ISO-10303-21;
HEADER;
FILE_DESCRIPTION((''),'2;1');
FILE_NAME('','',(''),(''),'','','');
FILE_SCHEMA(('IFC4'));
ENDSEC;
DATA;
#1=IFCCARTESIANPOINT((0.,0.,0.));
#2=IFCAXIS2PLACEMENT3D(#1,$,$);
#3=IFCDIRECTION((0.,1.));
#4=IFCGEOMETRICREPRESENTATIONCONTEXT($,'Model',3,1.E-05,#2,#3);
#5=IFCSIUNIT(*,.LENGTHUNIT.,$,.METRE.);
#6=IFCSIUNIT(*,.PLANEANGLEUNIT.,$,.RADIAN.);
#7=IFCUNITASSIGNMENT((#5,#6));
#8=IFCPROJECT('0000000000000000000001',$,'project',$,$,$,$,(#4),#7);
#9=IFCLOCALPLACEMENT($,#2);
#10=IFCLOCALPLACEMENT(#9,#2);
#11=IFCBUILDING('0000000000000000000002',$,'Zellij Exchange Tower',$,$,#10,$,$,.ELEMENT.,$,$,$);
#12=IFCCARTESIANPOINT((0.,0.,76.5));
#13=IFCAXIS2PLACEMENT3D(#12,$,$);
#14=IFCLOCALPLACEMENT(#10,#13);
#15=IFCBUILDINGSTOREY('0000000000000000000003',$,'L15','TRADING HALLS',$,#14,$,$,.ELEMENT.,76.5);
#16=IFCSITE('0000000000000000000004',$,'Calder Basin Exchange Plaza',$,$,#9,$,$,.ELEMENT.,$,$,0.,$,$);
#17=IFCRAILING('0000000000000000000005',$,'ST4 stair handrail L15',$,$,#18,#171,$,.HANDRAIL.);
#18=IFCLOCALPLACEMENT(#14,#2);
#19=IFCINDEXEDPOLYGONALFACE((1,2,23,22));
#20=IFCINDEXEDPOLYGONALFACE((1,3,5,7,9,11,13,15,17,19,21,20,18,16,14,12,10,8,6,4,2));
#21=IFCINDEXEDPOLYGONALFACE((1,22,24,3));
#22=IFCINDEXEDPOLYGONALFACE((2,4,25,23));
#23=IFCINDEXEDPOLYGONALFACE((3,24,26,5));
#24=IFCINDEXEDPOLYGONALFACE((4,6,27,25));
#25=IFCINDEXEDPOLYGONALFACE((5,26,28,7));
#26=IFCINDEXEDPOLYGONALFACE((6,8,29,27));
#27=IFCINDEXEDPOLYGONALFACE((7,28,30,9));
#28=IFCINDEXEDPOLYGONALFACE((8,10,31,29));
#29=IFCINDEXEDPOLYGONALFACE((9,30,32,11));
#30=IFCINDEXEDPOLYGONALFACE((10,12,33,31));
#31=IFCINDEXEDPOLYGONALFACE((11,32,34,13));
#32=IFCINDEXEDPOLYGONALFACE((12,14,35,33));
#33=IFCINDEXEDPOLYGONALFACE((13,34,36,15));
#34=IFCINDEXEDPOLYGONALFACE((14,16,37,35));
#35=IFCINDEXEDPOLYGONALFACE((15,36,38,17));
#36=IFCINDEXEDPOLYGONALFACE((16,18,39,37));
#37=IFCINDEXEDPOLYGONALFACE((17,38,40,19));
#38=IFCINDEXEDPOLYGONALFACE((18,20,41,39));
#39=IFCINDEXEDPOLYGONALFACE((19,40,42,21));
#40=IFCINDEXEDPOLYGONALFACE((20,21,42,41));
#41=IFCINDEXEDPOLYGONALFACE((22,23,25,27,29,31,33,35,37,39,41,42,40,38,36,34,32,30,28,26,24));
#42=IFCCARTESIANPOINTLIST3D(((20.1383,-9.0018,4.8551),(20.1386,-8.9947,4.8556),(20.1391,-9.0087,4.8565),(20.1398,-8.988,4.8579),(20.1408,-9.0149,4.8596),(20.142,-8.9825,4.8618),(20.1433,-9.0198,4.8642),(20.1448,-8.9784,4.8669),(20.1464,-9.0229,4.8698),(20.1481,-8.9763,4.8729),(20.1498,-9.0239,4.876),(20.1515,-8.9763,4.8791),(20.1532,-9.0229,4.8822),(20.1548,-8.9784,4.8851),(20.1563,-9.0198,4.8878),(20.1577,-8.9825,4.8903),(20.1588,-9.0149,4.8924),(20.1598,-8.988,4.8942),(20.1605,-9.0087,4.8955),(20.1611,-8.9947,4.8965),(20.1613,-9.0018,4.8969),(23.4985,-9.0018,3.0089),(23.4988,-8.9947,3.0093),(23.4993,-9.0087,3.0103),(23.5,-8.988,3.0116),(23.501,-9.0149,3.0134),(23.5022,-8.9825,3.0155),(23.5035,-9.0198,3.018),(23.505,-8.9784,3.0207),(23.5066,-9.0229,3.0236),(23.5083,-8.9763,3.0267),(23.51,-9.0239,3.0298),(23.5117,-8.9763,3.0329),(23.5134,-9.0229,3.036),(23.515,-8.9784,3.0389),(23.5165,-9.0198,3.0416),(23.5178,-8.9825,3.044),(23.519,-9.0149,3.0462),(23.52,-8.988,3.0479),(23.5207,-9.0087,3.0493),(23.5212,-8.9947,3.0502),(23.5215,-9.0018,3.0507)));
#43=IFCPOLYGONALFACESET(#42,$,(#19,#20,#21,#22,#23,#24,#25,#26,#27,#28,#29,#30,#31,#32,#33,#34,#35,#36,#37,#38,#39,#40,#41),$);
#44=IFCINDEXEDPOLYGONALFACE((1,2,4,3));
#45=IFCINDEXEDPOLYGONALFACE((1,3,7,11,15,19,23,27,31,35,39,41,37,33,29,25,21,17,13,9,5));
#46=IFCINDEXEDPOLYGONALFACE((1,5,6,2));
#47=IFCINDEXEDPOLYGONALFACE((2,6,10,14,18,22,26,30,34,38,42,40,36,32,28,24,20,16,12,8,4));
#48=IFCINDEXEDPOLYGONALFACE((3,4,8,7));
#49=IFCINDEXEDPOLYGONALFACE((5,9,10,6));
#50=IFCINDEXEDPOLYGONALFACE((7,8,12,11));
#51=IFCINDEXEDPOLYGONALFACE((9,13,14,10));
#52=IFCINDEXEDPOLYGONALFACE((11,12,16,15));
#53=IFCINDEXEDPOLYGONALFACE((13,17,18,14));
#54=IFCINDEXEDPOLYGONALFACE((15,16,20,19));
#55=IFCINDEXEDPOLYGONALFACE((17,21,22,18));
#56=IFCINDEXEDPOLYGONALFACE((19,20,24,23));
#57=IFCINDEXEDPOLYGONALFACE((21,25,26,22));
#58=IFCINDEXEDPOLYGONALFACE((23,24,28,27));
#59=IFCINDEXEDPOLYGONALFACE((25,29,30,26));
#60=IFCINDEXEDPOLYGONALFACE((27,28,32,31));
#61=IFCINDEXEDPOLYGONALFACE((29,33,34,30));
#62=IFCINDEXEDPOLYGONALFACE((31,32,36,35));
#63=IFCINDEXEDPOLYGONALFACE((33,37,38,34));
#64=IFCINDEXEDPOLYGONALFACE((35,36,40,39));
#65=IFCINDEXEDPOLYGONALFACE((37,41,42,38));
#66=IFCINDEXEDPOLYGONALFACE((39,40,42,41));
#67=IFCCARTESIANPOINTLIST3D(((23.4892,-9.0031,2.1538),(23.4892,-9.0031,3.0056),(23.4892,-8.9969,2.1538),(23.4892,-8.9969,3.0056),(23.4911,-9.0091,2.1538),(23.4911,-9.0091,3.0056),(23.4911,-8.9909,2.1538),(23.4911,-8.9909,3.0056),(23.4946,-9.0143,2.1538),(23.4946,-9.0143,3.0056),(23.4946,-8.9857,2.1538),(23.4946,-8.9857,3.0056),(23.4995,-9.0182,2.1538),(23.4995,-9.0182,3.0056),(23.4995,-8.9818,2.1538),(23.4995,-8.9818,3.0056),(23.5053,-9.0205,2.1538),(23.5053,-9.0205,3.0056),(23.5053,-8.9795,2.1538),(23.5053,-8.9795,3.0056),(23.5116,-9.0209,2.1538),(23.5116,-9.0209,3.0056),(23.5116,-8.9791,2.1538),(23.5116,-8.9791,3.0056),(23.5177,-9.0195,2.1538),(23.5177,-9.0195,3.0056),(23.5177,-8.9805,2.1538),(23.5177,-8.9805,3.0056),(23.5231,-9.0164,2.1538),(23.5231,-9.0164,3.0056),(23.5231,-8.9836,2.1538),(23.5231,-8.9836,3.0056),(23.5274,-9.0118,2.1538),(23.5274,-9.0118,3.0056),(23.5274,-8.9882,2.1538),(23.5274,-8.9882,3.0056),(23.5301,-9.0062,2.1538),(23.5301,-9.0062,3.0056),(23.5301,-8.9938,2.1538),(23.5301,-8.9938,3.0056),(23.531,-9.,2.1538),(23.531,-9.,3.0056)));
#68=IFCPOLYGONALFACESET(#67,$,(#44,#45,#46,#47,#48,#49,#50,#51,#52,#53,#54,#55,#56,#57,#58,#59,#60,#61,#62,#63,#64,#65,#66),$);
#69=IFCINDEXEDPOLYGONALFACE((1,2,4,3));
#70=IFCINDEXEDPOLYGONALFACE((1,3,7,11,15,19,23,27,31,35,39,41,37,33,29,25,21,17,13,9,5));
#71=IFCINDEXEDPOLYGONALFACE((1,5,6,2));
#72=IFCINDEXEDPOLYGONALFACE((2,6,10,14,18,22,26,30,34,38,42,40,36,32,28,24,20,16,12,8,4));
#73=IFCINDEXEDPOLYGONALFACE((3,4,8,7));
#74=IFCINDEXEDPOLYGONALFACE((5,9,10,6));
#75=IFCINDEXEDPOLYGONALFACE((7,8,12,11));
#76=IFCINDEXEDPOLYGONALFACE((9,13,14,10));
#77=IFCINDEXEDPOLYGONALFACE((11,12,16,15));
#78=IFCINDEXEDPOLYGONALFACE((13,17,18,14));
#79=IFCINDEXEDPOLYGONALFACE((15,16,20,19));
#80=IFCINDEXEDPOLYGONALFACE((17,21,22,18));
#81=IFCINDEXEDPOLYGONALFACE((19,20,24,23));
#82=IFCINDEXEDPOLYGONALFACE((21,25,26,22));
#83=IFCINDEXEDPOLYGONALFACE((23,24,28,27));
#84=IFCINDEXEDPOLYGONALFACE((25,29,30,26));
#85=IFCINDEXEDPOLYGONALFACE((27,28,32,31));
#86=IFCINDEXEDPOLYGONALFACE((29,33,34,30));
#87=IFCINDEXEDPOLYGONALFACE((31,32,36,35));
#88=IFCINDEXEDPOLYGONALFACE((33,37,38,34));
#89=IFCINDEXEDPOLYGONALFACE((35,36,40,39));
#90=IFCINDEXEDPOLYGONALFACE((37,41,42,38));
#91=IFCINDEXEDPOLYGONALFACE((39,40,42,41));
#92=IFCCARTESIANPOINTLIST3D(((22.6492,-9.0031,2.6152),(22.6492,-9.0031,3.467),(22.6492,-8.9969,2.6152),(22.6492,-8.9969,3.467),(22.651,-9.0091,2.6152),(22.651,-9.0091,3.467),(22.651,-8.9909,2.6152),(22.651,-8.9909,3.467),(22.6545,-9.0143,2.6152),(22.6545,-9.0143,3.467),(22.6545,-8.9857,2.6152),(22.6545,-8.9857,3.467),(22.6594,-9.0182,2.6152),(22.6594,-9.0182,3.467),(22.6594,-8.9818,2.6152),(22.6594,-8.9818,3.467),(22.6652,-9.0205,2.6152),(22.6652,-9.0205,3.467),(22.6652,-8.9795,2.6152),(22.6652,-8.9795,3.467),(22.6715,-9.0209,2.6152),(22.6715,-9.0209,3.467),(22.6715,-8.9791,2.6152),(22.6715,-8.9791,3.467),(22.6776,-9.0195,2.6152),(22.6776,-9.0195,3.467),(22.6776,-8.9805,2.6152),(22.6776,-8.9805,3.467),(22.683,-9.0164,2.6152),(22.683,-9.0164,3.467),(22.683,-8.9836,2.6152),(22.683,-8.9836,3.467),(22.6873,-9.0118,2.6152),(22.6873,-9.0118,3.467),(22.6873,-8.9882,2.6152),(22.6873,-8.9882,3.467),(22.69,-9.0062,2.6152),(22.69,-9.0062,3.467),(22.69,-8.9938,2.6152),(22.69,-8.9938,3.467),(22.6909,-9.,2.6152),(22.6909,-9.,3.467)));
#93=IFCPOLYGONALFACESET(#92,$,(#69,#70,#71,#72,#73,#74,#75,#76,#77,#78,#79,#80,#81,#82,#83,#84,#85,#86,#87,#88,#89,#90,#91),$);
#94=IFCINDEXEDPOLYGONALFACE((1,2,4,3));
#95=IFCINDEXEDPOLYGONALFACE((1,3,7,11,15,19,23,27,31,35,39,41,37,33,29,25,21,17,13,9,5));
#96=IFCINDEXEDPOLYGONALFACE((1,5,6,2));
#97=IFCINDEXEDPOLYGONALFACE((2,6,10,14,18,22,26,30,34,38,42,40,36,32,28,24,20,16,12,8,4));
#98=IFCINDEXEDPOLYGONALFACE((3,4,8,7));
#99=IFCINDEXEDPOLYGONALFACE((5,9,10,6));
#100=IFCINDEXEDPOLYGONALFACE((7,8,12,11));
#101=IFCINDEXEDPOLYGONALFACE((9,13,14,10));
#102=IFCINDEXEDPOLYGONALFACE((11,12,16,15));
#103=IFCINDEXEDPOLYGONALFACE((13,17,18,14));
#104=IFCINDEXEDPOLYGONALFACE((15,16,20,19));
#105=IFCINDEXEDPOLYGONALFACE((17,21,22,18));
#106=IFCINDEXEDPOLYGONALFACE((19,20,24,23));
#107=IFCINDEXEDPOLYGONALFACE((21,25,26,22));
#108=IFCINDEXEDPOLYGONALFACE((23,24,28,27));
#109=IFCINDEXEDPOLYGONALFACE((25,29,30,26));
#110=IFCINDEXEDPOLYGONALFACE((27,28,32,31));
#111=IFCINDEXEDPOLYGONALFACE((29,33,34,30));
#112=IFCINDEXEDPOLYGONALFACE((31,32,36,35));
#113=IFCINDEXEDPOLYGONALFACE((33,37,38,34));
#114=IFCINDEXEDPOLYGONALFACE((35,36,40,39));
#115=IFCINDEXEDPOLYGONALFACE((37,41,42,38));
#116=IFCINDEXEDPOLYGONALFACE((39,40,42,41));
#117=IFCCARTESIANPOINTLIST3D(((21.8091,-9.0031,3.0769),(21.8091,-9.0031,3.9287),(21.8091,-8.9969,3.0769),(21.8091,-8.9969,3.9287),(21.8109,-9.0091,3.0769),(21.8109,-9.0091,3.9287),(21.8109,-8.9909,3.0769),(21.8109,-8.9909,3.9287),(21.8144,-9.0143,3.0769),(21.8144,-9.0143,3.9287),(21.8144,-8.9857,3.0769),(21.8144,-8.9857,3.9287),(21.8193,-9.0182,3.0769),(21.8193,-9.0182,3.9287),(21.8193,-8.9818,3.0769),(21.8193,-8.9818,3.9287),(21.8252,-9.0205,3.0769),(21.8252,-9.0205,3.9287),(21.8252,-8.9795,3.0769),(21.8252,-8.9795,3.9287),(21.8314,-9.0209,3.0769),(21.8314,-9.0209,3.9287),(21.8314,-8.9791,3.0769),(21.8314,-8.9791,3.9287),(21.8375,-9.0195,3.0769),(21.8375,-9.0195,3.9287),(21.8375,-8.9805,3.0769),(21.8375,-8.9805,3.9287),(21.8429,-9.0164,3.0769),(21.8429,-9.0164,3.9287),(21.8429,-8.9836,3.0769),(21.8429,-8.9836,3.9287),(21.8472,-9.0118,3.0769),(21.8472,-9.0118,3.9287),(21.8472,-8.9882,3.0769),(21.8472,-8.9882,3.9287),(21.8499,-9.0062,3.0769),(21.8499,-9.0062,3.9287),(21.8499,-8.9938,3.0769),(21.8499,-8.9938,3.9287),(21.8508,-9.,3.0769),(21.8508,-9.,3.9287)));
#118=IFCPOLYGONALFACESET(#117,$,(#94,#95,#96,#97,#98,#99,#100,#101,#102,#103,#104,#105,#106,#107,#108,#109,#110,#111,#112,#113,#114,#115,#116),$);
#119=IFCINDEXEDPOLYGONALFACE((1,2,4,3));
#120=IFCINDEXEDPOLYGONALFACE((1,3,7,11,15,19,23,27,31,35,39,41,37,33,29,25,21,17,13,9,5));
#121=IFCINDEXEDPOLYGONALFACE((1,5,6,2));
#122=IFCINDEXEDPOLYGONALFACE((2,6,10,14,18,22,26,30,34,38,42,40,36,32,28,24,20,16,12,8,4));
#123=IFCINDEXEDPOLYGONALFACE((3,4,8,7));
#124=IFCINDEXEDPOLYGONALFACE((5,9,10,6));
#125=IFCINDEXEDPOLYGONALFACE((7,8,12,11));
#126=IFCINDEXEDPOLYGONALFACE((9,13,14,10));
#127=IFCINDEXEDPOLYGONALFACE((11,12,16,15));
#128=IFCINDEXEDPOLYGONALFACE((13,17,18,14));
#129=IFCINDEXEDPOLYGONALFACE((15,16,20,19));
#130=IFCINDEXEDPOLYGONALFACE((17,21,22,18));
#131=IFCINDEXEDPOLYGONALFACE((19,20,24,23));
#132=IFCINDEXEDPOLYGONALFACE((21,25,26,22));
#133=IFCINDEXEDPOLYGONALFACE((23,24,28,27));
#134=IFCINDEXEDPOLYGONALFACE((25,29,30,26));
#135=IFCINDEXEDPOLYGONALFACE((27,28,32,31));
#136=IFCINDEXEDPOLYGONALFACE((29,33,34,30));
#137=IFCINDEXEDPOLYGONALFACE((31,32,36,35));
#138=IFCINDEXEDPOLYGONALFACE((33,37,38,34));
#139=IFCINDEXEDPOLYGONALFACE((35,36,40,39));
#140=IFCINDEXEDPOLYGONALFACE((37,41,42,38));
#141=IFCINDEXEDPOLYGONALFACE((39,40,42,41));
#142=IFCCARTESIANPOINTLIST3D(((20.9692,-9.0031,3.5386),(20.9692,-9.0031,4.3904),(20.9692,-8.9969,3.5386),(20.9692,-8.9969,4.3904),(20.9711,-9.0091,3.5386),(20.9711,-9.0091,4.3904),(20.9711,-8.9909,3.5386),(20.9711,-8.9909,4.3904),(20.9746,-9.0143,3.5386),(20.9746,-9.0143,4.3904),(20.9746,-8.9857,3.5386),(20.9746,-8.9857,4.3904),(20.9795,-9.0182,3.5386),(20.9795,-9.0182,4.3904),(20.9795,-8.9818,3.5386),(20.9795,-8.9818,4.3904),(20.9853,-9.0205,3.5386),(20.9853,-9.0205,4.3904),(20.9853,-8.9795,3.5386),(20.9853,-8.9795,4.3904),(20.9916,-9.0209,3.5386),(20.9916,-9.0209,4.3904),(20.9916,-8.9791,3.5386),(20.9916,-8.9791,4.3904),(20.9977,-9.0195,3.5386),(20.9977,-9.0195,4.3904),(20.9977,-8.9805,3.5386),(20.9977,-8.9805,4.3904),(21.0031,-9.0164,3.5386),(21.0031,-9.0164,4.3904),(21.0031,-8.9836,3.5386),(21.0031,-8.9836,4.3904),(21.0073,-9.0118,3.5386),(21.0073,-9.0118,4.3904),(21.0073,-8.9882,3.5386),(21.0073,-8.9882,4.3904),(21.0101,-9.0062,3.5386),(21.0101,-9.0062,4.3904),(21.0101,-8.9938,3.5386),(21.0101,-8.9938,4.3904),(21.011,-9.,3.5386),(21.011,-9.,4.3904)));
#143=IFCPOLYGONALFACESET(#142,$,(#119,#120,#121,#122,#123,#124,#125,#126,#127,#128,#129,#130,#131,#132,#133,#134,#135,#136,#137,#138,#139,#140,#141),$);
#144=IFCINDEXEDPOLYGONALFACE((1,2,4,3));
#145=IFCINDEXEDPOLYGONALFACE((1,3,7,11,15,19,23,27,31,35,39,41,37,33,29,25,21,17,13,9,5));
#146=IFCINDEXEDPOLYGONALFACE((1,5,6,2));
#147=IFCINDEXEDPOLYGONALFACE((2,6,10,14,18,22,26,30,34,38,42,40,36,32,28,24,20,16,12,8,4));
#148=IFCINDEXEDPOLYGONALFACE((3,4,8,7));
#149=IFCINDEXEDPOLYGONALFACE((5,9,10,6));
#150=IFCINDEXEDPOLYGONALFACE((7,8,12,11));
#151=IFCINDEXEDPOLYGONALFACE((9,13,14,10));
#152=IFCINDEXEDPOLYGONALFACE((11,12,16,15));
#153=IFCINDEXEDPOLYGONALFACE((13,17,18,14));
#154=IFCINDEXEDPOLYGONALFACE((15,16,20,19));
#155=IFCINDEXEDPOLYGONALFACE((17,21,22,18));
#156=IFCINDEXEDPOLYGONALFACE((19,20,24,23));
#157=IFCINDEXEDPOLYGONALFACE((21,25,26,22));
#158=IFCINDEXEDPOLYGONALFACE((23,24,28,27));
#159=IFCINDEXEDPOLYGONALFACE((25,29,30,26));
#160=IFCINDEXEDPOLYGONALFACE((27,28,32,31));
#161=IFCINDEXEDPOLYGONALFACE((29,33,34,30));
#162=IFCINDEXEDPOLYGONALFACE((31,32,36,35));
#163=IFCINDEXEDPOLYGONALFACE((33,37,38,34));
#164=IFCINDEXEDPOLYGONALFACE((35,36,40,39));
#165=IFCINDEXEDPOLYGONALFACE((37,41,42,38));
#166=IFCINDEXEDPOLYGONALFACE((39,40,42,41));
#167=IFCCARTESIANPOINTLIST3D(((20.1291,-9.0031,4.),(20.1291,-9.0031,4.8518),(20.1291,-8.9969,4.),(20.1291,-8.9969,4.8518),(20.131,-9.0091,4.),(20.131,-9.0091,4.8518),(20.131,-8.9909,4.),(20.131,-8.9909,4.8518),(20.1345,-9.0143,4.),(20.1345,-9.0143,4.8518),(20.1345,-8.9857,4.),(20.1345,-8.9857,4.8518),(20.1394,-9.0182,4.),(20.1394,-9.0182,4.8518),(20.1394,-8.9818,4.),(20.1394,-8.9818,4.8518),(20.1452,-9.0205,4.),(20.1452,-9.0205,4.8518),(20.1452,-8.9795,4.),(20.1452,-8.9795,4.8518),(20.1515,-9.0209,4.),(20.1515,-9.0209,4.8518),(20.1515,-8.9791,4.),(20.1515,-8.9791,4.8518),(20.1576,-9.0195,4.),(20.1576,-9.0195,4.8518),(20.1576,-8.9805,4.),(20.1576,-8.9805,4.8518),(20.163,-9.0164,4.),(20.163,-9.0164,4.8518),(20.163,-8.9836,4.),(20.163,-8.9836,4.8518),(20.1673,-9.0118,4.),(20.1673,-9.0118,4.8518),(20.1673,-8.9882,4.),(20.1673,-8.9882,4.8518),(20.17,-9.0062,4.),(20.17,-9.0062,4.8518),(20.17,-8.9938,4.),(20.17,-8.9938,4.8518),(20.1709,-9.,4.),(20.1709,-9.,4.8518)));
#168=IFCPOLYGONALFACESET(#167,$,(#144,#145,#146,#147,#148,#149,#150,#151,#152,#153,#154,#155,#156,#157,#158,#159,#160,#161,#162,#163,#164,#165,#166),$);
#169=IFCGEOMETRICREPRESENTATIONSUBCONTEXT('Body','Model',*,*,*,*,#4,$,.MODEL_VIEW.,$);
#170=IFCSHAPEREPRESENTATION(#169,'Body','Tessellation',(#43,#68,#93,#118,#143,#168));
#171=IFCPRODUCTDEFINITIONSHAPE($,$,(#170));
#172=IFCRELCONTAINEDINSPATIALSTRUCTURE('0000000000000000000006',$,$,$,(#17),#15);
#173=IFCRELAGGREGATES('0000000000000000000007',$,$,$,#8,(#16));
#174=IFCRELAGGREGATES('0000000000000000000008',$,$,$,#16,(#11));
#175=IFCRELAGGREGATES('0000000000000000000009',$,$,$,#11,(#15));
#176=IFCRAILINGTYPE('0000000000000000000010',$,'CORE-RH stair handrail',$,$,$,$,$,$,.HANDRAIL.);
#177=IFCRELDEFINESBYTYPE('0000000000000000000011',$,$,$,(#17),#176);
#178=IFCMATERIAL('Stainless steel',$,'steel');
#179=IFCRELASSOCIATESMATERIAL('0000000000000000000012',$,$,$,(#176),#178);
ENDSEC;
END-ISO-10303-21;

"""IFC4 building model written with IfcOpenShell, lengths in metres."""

from ifc_helpers import new_model, si_unit, direction, frame, origin, origin_2d, place, context, subcontext, project, spatial, circle, extrude, material, type_object, element, save


model = new_model("IFC4")

# Units and contexts
model_context = context("Model", 3, precision=1e-05, world=origin(), true_north=direction((0.0, 1.0)))
body_context = subcontext(model_context, "Body", "Model", "MODEL_VIEW")
ifc_project = project(units=[si_unit("LENGTHUNIT", "METRE"), si_unit("PLANEANGLEUNIT", "RADIAN")], contexts=[model_context])

# Site, building, storey
site_placement = place(None, origin())
site = spatial("IfcSite", under=ifc_project, at=site_placement, Name="Calder Basin Exchange Plaza", CompositionType="ELEMENT", RefElevation=0.0)
building_placement = place(site_placement, origin())
building = spatial("IfcBuilding", under=site, at=building_placement, Name="Zellij Exchange Tower", CompositionType="ELEMENT")
storey_placement = place(building_placement, frame((0.0, 0.0, 76.5)))
storey = spatial("IfcBuildingStorey", under=building, at=storey_placement, Name="L15", Description="TRADING HALLS", CompositionType="ELEMENT", Elevation=76.5)

# Railing
ifc_material_1 = material(Name="Stainless steel", Category="steel")
railing_type = type_object("IfcRailingType", Name="CORE-RH stair handrail", PredefinedType="HANDRAIL", material=ifc_material_1)
railing_placement = place(storey_placement, frame((23.51, -9.0, 2.1538)))
element("IfcRailing", 1, at=railing_placement, inside=storey, type_object=railing_type, Name="ST4 stair handrail L15", PredefinedType="HANDRAIL", context=body_context, shape_type="SweptSolid", body=[
    extrude(circle(Radius=0.0239, at=origin_2d()), frame((0.0, 0.0, 0.876), z_axis=(-0.876422, 0.0, 0.481545), x_axis=(0.0, -1.0, 0.0)), (0.0, 0.0, 1.0), 3.834),
    extrude(circle(Radius=0.021, at=origin_2d()), origin(), (0.0, 0.0, 1.0), 0.8518),
    extrude(circle(Radius=0.021, at=origin_2d()), frame((-0.8401, 0.0, 0.4614)), (0.0, 0.0, 1.0), 0.8518),
    extrude(circle(Radius=0.021, at=origin_2d()), frame((-1.6802, 0.0, 0.9231)), (0.0, 0.0, 1.0), 0.8518),
    extrude(circle(Radius=0.021, at=origin_2d()), frame((-2.52, 0.0, 1.3848)), (0.0, 0.0, 1.0), 0.8518),
    extrude(circle(Radius=0.021, at=origin_2d()), frame((-3.3601, 0.0, 1.8462)), (0.0, 0.0, 1.0), 0.8518),
])

save(model, "model.ifc")
